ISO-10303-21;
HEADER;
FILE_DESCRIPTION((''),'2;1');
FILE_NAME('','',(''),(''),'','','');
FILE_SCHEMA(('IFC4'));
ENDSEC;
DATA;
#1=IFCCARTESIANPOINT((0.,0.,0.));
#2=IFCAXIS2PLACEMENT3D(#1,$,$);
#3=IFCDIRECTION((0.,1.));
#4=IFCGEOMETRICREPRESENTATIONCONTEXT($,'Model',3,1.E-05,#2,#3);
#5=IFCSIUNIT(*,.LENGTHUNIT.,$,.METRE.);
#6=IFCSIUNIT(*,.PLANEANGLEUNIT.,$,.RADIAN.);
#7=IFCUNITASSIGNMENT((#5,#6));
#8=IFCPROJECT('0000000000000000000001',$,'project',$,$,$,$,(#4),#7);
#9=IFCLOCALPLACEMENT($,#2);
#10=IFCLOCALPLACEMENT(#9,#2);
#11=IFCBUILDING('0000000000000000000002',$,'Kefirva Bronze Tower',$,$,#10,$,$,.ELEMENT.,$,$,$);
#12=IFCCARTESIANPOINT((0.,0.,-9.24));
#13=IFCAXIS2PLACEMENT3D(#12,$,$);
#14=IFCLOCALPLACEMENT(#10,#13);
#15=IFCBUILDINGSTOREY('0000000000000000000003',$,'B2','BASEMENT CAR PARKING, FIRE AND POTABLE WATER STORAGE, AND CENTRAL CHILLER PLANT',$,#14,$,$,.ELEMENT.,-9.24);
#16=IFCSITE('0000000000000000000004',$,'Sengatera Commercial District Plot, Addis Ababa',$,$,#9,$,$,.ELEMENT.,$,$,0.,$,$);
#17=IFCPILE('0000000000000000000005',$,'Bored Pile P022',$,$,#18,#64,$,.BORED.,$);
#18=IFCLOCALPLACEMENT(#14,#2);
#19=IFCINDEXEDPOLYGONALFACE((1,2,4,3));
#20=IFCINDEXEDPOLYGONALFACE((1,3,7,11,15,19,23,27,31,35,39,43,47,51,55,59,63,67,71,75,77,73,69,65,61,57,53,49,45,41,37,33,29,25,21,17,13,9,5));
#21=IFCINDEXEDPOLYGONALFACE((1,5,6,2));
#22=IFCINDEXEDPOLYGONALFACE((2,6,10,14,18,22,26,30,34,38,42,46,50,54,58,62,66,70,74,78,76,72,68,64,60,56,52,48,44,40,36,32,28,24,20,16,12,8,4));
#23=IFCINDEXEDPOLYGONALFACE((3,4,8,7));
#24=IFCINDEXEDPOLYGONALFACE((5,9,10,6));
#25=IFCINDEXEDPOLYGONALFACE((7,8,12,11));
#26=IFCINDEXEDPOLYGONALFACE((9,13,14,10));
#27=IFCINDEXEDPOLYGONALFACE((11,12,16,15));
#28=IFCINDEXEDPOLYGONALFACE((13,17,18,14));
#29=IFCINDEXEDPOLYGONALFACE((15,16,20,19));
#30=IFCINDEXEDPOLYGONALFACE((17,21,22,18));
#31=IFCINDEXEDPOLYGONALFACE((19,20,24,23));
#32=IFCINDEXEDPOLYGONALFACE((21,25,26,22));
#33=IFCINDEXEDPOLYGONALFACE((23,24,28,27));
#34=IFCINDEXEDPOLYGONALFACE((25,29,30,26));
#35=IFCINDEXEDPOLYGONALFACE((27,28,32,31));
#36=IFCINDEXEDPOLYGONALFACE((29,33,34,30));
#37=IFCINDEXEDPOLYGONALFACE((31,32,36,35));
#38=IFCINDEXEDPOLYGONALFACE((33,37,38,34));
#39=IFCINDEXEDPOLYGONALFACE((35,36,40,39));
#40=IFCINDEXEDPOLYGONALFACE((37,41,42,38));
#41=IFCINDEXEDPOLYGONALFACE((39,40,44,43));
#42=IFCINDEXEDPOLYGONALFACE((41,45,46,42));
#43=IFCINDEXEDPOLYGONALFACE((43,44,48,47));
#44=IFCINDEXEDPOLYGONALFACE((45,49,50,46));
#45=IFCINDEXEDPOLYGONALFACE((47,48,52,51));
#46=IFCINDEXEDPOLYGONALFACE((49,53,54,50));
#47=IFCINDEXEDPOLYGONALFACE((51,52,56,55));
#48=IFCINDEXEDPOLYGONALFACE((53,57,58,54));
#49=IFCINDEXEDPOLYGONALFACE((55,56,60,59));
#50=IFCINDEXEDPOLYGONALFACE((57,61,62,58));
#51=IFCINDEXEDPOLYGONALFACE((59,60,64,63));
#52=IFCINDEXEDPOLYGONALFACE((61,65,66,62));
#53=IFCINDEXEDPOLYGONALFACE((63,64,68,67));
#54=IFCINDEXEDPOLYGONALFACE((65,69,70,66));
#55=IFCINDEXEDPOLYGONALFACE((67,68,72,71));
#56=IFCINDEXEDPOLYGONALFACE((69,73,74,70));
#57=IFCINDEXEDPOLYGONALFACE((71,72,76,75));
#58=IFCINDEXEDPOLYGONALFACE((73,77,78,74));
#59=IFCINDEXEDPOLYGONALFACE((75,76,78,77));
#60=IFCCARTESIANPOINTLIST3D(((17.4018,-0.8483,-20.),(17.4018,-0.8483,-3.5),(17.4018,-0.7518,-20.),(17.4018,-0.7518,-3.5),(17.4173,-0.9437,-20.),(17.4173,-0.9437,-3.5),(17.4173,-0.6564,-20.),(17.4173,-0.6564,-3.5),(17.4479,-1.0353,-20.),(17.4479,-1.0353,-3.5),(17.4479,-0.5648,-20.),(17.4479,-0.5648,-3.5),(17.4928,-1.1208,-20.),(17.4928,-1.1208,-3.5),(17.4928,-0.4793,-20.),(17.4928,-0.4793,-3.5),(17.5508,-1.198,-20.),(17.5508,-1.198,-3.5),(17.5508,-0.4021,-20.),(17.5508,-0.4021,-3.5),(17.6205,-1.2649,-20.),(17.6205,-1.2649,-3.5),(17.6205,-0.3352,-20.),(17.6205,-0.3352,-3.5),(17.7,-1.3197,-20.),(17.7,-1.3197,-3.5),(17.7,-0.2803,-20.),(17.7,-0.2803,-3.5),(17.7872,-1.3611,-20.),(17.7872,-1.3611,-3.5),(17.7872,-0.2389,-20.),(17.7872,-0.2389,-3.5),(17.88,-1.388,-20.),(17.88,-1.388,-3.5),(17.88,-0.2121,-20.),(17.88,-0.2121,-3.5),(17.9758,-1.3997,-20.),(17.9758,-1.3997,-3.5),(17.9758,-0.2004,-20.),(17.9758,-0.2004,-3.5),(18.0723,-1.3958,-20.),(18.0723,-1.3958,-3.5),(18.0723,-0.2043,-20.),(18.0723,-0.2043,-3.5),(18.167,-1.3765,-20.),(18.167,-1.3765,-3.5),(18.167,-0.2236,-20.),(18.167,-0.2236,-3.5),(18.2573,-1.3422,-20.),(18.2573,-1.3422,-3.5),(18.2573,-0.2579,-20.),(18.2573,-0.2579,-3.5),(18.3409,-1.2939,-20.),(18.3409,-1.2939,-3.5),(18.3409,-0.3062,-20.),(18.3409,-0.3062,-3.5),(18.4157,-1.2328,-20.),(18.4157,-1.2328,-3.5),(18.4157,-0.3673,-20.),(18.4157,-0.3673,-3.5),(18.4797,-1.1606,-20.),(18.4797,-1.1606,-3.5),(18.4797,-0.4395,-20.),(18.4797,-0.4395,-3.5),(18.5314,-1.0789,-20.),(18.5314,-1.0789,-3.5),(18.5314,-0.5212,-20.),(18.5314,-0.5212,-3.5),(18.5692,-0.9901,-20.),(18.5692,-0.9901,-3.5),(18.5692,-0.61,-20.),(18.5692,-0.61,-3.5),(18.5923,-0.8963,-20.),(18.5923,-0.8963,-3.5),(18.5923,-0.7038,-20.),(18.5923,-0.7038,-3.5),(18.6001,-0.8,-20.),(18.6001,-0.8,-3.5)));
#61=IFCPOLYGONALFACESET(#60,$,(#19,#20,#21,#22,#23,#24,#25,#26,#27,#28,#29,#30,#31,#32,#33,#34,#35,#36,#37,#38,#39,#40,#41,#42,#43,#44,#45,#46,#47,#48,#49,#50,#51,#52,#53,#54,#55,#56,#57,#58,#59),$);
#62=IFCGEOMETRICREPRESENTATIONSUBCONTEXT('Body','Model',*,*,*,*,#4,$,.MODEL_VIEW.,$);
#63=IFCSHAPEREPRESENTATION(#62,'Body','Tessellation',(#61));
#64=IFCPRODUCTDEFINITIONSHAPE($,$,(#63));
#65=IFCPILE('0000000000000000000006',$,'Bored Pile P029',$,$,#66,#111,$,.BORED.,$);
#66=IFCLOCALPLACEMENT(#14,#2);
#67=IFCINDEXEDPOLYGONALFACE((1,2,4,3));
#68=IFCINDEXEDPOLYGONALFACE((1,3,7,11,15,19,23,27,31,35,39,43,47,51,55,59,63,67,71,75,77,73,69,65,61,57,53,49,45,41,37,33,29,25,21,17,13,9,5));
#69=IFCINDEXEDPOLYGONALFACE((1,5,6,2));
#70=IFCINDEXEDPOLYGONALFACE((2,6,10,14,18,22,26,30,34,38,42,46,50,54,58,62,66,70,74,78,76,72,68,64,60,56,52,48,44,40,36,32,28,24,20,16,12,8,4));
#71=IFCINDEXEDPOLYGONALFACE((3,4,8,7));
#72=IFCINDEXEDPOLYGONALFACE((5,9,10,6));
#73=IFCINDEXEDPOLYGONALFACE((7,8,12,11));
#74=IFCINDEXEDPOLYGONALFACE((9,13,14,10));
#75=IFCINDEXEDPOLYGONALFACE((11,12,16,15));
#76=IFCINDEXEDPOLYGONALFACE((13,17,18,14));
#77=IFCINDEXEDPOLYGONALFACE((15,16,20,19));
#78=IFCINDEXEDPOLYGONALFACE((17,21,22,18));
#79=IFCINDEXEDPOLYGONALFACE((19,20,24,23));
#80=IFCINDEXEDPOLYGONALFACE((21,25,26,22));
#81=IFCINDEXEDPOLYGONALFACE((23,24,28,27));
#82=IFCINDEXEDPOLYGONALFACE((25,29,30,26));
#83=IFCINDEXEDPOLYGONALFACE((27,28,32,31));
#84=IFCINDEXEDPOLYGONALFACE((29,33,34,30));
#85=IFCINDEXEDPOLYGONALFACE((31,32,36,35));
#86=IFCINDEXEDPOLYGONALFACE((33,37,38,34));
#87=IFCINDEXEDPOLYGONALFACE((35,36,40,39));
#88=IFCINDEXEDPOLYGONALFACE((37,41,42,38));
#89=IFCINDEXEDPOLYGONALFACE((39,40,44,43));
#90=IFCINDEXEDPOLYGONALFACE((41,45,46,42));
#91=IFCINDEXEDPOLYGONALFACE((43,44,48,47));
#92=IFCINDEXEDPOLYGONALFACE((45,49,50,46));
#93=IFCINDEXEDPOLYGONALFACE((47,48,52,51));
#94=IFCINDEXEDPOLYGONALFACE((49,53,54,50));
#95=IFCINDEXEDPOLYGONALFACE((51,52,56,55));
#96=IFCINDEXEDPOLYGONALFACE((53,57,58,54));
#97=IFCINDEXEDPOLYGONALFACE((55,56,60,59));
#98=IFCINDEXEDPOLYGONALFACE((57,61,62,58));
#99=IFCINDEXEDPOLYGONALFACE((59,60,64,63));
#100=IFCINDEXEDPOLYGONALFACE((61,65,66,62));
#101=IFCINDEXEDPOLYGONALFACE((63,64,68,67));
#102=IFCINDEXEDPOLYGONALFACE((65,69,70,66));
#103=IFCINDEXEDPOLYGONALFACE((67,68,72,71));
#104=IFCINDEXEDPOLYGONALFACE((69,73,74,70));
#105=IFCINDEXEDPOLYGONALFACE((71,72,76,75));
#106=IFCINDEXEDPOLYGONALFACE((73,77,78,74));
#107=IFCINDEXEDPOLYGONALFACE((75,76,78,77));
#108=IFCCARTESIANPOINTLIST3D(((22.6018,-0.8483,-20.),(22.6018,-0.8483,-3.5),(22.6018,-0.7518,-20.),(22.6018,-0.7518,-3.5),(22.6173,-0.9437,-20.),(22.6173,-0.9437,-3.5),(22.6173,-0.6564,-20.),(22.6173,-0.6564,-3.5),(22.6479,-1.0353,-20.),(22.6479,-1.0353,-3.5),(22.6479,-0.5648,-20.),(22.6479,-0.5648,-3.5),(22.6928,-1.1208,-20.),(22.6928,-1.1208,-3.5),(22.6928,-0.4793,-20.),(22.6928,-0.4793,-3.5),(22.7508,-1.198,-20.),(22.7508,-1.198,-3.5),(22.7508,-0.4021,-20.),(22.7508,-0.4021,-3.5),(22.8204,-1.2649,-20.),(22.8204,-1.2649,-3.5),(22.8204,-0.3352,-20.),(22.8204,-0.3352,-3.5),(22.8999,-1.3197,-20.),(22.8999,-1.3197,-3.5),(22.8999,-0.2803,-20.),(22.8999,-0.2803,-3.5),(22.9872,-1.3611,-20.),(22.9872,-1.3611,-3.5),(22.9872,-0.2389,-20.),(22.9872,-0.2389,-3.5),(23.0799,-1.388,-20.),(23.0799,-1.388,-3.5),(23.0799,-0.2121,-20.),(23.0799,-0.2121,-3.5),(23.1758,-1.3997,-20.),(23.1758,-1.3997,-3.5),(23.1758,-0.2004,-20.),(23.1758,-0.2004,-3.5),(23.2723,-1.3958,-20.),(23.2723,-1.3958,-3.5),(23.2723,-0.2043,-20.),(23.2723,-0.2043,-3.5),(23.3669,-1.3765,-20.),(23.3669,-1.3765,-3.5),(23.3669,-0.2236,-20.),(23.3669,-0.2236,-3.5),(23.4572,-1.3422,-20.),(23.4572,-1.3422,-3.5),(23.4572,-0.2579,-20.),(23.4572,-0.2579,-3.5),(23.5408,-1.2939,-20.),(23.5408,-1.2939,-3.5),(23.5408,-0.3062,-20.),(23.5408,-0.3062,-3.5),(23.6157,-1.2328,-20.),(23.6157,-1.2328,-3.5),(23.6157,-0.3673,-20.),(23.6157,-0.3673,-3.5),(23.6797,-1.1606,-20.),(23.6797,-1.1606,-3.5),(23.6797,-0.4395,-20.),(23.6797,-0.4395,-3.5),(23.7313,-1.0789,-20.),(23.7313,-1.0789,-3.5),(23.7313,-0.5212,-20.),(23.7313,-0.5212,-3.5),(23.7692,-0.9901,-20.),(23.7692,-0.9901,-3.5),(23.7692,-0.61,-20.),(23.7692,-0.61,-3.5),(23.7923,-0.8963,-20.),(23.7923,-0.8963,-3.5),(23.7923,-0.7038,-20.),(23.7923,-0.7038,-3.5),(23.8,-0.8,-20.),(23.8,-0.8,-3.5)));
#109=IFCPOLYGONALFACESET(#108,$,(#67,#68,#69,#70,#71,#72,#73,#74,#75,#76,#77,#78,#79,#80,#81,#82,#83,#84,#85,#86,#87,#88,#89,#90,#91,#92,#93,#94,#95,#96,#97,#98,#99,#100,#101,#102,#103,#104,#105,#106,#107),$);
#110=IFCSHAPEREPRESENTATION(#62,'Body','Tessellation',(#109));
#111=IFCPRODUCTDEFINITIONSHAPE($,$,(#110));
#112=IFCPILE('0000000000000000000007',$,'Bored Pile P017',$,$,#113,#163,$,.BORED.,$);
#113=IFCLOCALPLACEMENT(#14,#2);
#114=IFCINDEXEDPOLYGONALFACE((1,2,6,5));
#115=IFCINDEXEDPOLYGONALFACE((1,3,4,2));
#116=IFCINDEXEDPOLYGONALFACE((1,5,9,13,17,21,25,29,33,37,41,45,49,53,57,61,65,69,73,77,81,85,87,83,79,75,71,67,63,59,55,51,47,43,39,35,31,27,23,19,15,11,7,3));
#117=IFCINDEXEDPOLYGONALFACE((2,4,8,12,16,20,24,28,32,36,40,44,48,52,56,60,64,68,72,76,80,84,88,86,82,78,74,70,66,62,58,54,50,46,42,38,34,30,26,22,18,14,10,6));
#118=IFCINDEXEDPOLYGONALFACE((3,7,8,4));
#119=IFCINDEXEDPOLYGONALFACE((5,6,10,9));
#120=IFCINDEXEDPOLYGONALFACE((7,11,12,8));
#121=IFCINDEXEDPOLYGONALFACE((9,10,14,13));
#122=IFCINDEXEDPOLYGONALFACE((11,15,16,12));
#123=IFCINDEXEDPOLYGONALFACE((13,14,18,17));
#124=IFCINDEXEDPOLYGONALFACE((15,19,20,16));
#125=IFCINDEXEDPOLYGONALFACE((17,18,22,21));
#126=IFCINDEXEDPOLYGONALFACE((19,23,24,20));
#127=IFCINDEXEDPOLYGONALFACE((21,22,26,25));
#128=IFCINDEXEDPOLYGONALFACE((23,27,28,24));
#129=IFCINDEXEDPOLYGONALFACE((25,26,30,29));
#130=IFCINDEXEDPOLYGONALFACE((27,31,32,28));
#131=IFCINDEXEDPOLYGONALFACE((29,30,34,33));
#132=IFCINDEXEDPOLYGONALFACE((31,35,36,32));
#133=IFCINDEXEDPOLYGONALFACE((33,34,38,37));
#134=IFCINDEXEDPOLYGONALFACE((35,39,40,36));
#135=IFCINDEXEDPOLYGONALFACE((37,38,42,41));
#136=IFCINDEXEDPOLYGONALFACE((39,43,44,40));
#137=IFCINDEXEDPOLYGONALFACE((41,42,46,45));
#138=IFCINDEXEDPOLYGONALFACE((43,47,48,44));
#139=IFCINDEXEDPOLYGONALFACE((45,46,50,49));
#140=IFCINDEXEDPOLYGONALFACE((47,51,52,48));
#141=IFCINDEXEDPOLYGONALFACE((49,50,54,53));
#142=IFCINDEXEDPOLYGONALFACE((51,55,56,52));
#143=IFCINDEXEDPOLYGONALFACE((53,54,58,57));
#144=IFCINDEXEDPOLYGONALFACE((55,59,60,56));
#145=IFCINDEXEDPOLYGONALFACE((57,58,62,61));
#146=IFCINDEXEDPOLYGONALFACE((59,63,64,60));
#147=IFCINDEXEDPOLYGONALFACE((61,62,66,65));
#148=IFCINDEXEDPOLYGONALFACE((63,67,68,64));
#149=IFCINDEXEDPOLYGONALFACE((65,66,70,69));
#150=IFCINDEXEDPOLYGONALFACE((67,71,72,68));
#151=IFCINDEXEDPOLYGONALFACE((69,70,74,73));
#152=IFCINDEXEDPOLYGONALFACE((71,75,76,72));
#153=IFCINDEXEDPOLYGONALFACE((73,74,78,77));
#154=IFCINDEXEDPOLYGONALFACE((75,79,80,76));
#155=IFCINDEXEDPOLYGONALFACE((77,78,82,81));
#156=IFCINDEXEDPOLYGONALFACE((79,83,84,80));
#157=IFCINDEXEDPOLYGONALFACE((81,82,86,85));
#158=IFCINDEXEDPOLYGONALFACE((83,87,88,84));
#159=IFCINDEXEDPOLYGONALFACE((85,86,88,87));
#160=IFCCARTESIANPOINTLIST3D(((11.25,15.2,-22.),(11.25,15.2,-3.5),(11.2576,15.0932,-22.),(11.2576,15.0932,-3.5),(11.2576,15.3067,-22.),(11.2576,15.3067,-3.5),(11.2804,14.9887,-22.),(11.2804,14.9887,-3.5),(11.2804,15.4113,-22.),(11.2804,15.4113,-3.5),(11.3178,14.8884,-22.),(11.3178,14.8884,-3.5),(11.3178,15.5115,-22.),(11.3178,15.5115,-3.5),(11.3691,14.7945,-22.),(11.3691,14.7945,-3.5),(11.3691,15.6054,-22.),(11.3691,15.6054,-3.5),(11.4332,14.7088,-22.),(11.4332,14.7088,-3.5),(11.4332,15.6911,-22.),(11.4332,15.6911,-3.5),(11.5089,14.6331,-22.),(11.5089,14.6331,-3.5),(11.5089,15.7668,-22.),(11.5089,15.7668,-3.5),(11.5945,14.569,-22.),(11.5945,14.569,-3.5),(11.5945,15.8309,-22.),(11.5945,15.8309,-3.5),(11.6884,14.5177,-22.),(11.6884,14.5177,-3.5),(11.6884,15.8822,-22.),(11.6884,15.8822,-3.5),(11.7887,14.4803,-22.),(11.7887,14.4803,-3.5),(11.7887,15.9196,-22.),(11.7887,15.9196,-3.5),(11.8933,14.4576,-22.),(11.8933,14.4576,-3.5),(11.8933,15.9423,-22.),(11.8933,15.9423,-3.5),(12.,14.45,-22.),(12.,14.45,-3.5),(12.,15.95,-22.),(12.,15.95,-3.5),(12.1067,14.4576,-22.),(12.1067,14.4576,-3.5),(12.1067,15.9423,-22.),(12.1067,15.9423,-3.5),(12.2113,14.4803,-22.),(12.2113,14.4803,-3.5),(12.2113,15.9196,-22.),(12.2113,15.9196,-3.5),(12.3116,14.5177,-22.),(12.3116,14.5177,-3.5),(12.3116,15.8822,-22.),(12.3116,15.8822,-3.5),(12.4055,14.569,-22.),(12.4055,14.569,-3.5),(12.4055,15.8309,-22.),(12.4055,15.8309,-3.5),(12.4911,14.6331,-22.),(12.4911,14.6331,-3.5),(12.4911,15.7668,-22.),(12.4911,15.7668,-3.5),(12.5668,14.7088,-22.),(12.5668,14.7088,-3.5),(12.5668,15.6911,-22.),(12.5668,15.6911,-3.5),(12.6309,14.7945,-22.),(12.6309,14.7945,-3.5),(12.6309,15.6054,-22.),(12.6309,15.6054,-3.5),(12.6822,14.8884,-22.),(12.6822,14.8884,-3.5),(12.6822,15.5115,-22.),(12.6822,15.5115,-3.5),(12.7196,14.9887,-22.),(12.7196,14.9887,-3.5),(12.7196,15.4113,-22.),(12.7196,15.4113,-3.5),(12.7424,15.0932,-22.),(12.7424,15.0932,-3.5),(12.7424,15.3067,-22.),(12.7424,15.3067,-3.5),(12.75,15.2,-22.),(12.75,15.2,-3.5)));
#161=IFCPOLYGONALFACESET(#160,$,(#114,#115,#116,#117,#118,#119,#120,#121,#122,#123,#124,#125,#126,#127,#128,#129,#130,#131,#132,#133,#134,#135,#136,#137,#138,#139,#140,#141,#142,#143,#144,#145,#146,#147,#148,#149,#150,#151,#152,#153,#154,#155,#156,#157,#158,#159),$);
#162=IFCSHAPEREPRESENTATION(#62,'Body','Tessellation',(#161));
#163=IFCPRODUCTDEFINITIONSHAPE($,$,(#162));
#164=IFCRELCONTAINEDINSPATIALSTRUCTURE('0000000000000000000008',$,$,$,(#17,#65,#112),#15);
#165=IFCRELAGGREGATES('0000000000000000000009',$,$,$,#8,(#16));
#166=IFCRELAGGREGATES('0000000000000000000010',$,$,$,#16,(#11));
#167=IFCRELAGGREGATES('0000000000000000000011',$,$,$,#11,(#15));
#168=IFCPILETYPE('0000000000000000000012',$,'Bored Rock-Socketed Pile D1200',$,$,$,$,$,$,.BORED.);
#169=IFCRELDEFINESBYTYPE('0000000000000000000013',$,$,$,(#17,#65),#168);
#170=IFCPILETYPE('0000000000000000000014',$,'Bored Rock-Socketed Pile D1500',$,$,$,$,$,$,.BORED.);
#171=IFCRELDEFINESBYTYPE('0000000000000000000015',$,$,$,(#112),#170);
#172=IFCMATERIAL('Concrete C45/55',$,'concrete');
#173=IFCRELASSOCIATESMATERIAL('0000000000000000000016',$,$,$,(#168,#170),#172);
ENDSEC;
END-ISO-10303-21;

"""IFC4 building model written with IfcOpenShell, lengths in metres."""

from ifc_helpers import new_model, si_unit, direction, frame, origin, origin_2d, place, context, subcontext, project, spatial, circle, extrude, material, material_profile, profile_set, type_object, element, save


model = new_model("IFC4")

# Units and contexts
model_context = context("Model", 3, precision=1e-05, world=origin(), true_north=direction((0.0, 1.0)))
body_context = subcontext(model_context, "Body", "Model", "MODEL_VIEW")
ifc_project = project(units=[si_unit("LENGTHUNIT", "METRE"), si_unit("PLANEANGLEUNIT", "RADIAN")], contexts=[model_context])

# Site, building, storey
site_placement = place(None, origin())
site = spatial("IfcSite", under=ifc_project, at=site_placement, Name="Sengatera Commercial District Plot, Addis Ababa", CompositionType="ELEMENT", RefElevation=0.0)
building_placement = place(site_placement, origin())
building = spatial("IfcBuilding", under=site, at=building_placement, Name="Kefirva Bronze Tower", CompositionType="ELEMENT")
storey_placement = place(building_placement, frame((0.0, 0.0, -9.24)))
storey = spatial("IfcBuildingStorey", under=building, at=storey_placement, Name="B2", Description="BASEMENT CAR PARKING, FIRE AND POTABLE WATER STORAGE, AND CENTRAL CHILLER PLANT", CompositionType="ELEMENT", Elevation=-9.24)

# Piles
ifc_material_1 = material(Name="Concrete C45/55", Category="concrete")
ifc_material_profile_1 = material_profile(ifc_material_1, circle(Radius=0.6001, at=origin_2d()), Name="BORED PILE D1200")
ifc_profile_set_1 = profile_set([ifc_material_profile_1], Name="Concrete C45/55")
pile_type_1 = type_object("IfcPileType", Name="Bored Rock-Socketed Pile D1200", PredefinedType="BORED", material=ifc_profile_set_1)
for number, where, z_axis, x_axis, name in (
    (1, (18.0, -0.8, -3.5), (0.0, 0.0, -1.0), (1.0, 0.0, 0.0), "Bored Pile P022"),
    (2, (23.2, -0.8, -3.5), (0.0, 0.0, -1.0), (1.0, 0.0, 0.0), "Bored Pile P029"),
):
    element("IfcPile", number, at=place(storey_placement, frame(where, z_axis=z_axis, x_axis=x_axis)), inside=storey, type_object=pile_type_1, Name=name, PredefinedType="BORED", context=body_context, shape_type="SweptSolid", body=[
        extrude(circle(Radius=0.6001, at=origin_2d()), origin(), (0.0, 0.0, 1.0), 16.5),
    ])
ifc_material_profile_2 = material_profile(ifc_material_1, circle(Radius=0.75, at=origin_2d()), Name="BORED PILE D1500")
ifc_profile_set_2 = profile_set([ifc_material_profile_2], Name="Concrete C45/55")
pile_type_2 = type_object("IfcPileType", Name="Bored Rock-Socketed Pile D1500", PredefinedType="BORED", material=ifc_profile_set_2)
for number, where, z_axis, x_axis, name in (
    (3, (12.0, 15.2, -3.5), (0.0, 0.0, -1.0), (1.0, 0.0, 0.0), "Bored Pile P017"),
):
    element("IfcPile", number, at=place(storey_placement, frame(where, z_axis=z_axis, x_axis=x_axis)), inside=storey, type_object=pile_type_2, Name=name, PredefinedType="BORED", context=body_context, shape_type="SweptSolid", body=[
        extrude(circle(Radius=0.75, at=origin_2d()), origin(), (0.0, 0.0, 1.0), 18.5),
    ])

save(model, "model.ifc")
